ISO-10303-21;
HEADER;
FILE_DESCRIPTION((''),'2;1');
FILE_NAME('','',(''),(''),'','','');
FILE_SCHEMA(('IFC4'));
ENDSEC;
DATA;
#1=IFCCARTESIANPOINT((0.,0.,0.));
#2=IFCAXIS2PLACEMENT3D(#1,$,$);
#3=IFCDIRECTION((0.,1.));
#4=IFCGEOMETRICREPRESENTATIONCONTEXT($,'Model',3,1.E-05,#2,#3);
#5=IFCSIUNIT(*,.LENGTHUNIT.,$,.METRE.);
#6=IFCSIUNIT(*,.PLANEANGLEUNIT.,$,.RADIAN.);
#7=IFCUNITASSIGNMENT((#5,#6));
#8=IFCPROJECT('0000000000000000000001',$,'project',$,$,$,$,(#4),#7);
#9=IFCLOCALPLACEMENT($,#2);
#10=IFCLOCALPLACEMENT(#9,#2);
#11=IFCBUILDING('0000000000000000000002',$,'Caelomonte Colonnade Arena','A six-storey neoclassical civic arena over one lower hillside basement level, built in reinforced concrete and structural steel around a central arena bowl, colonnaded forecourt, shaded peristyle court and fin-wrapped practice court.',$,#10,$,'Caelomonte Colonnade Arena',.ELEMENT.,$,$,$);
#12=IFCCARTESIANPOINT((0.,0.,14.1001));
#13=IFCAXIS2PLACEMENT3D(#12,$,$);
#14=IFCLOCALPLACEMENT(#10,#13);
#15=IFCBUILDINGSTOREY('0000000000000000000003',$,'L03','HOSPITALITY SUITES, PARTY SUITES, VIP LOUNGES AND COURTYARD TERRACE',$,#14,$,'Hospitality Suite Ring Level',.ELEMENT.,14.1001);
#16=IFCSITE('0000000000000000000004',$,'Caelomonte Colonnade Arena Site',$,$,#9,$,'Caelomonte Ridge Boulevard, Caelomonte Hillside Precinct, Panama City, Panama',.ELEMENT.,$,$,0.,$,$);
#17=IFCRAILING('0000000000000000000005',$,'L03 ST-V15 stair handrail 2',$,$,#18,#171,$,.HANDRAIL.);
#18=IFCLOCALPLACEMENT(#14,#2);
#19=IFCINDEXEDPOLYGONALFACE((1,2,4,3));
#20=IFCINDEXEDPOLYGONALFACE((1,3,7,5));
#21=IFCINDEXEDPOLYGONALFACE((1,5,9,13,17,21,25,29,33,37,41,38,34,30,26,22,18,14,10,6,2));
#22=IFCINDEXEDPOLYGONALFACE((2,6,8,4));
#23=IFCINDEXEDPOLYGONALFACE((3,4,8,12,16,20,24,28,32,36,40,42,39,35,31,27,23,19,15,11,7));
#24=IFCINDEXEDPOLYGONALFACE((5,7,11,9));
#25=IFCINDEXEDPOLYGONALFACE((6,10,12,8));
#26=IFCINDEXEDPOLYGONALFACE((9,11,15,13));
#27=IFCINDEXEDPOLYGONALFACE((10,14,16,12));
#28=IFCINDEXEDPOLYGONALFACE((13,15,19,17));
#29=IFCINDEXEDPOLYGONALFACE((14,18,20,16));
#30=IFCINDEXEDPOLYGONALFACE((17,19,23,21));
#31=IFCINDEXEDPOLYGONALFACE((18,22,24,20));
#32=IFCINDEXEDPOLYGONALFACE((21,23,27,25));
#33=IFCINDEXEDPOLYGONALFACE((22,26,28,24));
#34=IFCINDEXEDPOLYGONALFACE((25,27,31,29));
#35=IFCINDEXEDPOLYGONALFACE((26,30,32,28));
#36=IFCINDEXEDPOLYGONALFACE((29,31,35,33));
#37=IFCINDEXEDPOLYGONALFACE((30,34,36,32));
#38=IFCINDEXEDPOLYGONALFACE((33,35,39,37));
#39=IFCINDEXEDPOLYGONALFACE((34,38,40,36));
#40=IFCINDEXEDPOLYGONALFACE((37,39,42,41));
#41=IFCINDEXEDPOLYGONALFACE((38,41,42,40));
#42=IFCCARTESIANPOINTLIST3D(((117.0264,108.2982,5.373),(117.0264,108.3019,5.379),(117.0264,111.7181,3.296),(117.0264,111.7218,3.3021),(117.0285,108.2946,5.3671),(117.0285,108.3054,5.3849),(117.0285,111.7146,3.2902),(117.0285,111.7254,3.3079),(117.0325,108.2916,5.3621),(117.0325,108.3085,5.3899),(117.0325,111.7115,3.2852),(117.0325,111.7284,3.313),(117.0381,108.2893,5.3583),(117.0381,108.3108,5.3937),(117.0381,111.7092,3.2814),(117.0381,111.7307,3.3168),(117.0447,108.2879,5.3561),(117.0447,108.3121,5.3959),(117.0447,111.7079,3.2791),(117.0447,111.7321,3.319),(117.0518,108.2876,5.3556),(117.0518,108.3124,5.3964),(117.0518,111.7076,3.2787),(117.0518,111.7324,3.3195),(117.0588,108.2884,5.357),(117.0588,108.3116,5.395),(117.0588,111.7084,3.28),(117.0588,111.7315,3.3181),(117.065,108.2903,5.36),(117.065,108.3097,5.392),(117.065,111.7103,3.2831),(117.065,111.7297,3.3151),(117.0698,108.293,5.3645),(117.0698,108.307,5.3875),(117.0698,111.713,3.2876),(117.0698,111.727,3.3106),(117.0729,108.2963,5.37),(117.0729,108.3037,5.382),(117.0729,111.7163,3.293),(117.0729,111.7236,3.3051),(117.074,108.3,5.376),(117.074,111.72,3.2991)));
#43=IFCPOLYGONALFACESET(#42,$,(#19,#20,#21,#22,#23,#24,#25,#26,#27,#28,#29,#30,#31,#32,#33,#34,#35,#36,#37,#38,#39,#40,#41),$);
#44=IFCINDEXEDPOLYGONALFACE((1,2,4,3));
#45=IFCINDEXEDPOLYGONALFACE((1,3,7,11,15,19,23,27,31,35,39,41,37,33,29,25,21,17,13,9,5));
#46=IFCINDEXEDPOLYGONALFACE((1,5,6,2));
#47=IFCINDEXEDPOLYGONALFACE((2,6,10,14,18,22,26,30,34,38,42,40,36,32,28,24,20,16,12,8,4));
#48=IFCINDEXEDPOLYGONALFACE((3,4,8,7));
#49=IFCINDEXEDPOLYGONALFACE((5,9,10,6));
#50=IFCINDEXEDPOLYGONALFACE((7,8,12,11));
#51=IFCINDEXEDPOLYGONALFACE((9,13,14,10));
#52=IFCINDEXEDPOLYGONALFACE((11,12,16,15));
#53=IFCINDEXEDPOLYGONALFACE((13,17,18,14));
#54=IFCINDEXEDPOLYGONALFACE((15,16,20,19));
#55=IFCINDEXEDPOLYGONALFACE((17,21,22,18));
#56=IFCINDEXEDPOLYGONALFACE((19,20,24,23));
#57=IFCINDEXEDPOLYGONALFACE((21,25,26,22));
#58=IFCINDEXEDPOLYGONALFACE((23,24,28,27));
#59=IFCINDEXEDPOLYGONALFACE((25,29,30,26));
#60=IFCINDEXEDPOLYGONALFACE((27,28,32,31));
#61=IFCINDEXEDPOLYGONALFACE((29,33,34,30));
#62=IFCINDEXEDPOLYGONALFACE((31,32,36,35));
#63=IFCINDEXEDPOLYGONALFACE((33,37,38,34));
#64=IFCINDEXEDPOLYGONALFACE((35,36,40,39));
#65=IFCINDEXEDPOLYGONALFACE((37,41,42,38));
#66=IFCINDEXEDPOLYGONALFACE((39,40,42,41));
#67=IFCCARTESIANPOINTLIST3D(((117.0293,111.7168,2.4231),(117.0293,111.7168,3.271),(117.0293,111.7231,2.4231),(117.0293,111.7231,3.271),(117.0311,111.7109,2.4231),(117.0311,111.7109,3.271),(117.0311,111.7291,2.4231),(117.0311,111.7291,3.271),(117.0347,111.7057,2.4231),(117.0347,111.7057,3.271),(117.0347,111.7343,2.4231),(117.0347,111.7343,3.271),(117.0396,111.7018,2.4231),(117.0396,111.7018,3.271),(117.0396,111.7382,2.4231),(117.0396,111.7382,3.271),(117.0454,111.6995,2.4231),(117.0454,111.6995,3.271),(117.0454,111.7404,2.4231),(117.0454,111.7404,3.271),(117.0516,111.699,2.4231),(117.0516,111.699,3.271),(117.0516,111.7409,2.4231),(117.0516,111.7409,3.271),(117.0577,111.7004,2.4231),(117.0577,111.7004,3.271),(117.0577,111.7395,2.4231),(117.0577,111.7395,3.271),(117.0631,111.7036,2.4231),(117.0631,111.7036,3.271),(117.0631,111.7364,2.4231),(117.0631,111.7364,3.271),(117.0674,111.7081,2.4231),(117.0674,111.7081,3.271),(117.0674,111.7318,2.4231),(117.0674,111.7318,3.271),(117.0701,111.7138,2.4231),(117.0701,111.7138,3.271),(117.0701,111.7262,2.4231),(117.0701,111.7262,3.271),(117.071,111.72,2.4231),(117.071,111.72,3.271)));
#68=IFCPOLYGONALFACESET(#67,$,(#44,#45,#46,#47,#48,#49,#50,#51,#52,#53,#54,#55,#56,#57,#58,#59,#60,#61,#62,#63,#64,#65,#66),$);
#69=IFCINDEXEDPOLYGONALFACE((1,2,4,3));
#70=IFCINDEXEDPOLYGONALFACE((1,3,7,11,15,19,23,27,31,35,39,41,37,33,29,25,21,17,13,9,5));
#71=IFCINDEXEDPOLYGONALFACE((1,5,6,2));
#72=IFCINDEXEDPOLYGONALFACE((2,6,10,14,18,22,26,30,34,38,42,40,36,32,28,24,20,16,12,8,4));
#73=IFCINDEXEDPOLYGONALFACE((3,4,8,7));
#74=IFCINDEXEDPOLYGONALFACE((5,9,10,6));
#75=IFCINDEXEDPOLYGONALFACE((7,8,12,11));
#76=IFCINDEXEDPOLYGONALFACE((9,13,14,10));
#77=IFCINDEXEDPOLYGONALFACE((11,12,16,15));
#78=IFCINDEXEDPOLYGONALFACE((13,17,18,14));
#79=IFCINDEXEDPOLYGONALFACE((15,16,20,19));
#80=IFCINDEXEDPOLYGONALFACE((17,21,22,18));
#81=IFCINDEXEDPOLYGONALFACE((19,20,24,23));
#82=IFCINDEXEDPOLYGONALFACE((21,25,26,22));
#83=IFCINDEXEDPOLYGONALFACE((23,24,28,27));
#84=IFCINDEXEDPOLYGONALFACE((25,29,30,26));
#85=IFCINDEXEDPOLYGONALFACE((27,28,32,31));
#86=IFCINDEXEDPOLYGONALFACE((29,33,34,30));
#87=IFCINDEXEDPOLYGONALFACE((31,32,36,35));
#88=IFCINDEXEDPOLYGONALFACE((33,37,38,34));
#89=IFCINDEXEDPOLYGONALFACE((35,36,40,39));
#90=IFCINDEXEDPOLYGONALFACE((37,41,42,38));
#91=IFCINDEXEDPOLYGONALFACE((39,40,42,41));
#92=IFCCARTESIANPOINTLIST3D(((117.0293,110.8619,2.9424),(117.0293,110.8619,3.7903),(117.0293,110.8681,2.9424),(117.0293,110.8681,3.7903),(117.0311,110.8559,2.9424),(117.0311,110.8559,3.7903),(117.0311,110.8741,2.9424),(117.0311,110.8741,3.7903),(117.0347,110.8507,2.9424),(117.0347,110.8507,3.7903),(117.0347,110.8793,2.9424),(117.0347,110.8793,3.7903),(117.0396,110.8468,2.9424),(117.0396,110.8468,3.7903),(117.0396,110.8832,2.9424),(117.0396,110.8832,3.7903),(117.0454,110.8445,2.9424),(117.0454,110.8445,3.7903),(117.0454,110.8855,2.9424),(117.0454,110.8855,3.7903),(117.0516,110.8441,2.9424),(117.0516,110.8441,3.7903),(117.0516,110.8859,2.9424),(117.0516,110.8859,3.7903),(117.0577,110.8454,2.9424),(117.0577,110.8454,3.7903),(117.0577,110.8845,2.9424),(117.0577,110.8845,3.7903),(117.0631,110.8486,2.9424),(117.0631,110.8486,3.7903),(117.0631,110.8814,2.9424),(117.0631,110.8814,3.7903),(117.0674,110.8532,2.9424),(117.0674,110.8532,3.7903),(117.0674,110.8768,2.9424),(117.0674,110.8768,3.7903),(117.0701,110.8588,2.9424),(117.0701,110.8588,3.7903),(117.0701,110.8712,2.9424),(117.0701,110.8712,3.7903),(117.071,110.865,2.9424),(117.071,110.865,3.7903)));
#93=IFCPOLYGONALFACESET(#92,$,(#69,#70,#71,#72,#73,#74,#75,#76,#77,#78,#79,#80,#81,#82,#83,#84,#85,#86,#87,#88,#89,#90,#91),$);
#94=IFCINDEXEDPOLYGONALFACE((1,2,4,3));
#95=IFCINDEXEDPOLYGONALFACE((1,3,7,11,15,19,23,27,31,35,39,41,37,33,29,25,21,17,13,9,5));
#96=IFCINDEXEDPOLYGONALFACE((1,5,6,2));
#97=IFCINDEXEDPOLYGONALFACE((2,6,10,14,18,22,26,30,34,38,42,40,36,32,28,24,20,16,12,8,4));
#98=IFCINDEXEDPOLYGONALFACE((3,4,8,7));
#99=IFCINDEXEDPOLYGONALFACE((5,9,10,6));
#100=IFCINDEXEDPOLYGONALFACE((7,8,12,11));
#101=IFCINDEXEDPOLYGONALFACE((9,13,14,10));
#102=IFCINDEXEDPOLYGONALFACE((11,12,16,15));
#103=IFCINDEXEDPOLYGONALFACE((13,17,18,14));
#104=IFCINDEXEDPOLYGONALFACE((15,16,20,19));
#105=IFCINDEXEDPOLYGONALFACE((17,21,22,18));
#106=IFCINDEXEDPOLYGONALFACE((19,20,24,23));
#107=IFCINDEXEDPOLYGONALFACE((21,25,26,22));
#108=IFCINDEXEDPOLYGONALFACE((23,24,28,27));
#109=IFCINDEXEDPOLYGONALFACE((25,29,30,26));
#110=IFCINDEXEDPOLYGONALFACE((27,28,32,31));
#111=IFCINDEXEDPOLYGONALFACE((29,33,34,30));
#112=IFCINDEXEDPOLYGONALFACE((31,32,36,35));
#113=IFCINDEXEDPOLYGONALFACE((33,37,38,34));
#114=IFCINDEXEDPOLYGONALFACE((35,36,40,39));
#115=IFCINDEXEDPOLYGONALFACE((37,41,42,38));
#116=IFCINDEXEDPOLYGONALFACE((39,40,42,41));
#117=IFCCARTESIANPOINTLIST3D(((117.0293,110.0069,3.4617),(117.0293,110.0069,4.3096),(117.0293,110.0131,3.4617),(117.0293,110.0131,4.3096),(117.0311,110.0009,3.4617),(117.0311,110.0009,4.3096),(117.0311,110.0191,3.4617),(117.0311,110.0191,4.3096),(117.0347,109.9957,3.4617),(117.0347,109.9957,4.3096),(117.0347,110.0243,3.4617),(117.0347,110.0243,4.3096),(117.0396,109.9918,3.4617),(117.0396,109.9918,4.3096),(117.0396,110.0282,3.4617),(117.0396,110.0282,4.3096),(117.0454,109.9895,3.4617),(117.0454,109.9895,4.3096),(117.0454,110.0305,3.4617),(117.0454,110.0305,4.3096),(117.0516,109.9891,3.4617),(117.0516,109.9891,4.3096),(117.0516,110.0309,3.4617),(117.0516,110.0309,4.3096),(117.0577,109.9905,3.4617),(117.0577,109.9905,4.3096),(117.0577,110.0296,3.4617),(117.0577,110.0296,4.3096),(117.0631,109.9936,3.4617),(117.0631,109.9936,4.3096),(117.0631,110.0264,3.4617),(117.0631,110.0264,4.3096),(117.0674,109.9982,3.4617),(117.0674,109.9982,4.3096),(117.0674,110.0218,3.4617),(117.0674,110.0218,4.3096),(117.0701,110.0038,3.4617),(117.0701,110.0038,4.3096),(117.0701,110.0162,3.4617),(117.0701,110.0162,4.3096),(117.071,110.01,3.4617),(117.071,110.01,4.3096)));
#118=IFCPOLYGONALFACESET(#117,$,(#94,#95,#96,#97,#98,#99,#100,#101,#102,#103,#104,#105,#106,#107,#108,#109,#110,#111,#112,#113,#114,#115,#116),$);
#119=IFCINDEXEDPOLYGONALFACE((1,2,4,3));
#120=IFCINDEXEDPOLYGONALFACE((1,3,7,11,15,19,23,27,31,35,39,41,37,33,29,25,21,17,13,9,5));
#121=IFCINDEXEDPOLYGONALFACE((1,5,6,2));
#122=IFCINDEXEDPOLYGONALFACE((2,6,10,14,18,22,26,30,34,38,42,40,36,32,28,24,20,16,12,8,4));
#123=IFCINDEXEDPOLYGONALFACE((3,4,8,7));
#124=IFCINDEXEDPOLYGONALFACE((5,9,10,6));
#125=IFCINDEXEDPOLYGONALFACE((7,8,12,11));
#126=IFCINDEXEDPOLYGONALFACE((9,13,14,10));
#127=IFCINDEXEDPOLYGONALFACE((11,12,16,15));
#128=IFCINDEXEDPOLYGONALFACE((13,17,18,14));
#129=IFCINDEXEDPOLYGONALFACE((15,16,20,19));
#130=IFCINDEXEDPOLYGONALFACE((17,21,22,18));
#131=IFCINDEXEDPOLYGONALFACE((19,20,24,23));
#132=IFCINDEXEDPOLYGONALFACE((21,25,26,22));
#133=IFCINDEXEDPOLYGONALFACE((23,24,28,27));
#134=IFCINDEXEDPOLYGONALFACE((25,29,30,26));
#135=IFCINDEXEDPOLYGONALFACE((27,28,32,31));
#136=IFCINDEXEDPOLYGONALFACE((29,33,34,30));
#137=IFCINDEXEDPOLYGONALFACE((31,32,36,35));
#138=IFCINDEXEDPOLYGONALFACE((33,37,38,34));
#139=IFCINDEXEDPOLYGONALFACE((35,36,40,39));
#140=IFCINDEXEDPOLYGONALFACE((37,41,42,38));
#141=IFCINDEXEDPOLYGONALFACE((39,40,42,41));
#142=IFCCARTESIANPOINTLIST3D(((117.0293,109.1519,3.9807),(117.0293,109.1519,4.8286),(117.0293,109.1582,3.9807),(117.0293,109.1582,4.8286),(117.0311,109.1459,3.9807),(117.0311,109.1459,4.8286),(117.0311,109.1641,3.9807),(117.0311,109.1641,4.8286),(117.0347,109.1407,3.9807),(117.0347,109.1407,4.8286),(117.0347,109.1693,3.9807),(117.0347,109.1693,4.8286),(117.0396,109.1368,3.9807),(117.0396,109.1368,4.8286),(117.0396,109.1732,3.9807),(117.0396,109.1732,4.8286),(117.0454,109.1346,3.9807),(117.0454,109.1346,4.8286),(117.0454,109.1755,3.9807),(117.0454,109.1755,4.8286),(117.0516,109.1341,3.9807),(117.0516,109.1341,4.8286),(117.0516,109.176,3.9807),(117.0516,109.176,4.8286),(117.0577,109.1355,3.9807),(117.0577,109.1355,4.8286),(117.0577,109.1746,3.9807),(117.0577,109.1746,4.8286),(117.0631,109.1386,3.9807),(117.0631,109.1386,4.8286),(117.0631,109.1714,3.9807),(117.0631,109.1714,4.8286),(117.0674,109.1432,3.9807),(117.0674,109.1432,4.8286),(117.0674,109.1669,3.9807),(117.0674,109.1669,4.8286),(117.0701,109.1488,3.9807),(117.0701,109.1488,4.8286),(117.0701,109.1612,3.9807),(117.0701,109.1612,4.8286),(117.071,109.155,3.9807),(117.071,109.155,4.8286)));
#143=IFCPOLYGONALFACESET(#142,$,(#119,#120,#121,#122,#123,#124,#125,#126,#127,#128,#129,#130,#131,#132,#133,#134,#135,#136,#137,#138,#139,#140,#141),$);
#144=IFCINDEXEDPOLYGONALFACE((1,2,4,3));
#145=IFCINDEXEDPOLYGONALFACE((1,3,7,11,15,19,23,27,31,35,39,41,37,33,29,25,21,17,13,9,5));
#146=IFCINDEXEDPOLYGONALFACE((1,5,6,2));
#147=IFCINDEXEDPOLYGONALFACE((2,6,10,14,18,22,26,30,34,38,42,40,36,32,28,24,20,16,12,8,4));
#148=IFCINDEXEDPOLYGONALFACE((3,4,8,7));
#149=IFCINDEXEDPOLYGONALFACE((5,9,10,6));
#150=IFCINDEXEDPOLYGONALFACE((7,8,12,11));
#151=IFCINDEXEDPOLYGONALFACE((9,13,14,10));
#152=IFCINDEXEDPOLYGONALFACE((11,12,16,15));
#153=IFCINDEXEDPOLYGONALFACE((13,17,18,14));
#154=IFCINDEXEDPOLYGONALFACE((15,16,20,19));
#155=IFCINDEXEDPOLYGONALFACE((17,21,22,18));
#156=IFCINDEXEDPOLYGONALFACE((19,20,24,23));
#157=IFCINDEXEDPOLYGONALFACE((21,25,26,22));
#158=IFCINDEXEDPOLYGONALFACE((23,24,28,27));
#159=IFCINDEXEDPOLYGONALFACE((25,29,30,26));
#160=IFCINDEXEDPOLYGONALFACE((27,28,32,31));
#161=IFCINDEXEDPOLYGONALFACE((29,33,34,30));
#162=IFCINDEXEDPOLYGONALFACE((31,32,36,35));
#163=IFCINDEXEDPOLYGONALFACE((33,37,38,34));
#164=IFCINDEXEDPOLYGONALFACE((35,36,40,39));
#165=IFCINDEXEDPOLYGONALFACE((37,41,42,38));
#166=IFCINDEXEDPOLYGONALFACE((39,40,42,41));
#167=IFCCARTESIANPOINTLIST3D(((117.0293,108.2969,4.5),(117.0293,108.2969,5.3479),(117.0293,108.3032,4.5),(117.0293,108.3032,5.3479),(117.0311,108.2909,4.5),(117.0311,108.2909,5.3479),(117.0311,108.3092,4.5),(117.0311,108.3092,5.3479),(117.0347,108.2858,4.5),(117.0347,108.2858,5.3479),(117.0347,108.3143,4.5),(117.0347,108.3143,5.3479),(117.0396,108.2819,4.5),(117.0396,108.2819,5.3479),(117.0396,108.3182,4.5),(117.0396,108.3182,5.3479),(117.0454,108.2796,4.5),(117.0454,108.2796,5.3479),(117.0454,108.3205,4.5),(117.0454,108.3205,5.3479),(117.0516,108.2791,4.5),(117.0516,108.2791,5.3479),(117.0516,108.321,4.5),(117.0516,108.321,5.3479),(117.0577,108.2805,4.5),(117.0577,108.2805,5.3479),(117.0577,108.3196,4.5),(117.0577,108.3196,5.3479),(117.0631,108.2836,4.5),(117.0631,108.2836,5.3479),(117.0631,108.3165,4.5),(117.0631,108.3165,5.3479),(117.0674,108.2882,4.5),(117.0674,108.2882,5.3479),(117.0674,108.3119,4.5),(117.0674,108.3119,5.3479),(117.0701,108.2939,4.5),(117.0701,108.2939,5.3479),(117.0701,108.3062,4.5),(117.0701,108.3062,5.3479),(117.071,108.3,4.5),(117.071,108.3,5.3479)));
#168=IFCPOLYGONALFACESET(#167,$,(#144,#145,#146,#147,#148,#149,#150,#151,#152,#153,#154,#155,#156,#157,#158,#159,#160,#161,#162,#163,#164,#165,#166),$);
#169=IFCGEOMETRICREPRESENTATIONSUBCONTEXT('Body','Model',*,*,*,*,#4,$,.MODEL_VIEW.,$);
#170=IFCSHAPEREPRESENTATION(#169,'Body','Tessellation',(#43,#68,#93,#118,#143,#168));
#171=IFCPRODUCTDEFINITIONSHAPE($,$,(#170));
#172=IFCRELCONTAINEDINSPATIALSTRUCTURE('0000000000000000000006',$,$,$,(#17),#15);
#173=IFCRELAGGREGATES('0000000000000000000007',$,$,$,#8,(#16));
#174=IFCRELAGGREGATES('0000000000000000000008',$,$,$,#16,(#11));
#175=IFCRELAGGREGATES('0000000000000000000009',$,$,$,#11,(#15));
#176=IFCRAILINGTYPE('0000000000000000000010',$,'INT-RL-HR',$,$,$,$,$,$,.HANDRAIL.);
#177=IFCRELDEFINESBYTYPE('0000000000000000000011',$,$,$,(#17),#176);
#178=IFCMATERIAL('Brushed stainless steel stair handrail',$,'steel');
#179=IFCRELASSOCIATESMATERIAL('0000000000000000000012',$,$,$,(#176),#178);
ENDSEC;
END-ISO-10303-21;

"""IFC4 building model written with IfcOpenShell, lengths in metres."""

from ifc_helpers import new_model, si_unit, direction, frame, origin, origin_2d, place, context, subcontext, project, spatial, circle, extrude, material, type_object, element, save


model = new_model("IFC4")

# Units and contexts
model_context = context("Model", 3, precision=1e-05, world=origin(), true_north=direction((0.0, 1.0)))
body_context = subcontext(model_context, "Body", "Model", "MODEL_VIEW")
ifc_project = project(units=[si_unit("LENGTHUNIT", "METRE"), si_unit("PLANEANGLEUNIT", "RADIAN")], contexts=[model_context])

# Site, building, storey
site_placement = place(None, origin())
site = spatial("IfcSite", under=ifc_project, at=site_placement, Name="Caelomonte Colonnade Arena Site", LongName="Caelomonte Ridge Boulevard, Caelomonte Hillside Precinct, Panama City, Panama", CompositionType="ELEMENT", RefElevation=0.0)
building_placement = place(site_placement, origin())
building = spatial("IfcBuilding", under=site, at=building_placement, Name="Caelomonte Colonnade Arena", Description="A six-storey neoclassical civic arena over one lower hillside basement level, built in reinforced concrete and structural steel around a central arena bowl, colonnaded forecourt, shaded peristyle court and fin-wrapped practice court.", LongName="Caelomonte Colonnade Arena", CompositionType="ELEMENT")
storey_placement = place(building_placement, frame((0.0, 0.0, 14.1001)))
storey = spatial("IfcBuildingStorey", under=building, at=storey_placement, Name="L03", Description="HOSPITALITY SUITES, PARTY SUITES, VIP LOUNGES AND COURTYARD TERRACE", LongName="Hospitality Suite Ring Level", CompositionType="ELEMENT", Elevation=14.1001)

# Railing
ifc_material_1 = material(Name="Brushed stainless steel stair handrail", Category="steel")
railing_type_1 = type_object("IfcRailingType", Name="INT-RL-HR", PredefinedType="HANDRAIL", material=ifc_material_1)
railing_1_placement = place(storey_placement, frame((117.05, 111.72, 2.4231)))
element("IfcRailing", 1, at=railing_1_placement, inside=storey, type_object=railing_type_1, Name="L03 ST-V15 stair handrail 2", PredefinedType="HANDRAIL", context=body_context, shape_type="SweptSolid", body=[
    extrude(circle(Radius=0.0239, at=origin_2d()), frame((0.0, 0.0, 0.876), z_axis=(0.0, -0.85473, 0.519074), x_axis=(1.0, 0.0, 0.0)), (0.0, 0.0, 1.0), 4.0012),
    extrude(circle(Radius=0.021, at=origin_2d()), origin(), (0.0, 0.0, 1.0), 0.8479),
    extrude(circle(Radius=0.021, at=origin_2d()), frame((0.0, -0.855, 0.5193)), (0.0, 0.0, 1.0), 0.8479),
    extrude(circle(Radius=0.021, at=origin_2d()), frame((0.0, -1.71, 1.0386)), (0.0, 0.0, 1.0), 0.8479),
    extrude(circle(Radius=0.021, at=origin_2d()), frame((0.0, -2.5649, 1.5576)), (0.0, 0.0, 1.0), 0.8479),
    extrude(circle(Radius=0.021, at=origin_2d()), frame((0.0, -3.4199, 2.0769)), (0.0, 0.0, 1.0), 0.8479),
])

save(model, "model.ifc")
